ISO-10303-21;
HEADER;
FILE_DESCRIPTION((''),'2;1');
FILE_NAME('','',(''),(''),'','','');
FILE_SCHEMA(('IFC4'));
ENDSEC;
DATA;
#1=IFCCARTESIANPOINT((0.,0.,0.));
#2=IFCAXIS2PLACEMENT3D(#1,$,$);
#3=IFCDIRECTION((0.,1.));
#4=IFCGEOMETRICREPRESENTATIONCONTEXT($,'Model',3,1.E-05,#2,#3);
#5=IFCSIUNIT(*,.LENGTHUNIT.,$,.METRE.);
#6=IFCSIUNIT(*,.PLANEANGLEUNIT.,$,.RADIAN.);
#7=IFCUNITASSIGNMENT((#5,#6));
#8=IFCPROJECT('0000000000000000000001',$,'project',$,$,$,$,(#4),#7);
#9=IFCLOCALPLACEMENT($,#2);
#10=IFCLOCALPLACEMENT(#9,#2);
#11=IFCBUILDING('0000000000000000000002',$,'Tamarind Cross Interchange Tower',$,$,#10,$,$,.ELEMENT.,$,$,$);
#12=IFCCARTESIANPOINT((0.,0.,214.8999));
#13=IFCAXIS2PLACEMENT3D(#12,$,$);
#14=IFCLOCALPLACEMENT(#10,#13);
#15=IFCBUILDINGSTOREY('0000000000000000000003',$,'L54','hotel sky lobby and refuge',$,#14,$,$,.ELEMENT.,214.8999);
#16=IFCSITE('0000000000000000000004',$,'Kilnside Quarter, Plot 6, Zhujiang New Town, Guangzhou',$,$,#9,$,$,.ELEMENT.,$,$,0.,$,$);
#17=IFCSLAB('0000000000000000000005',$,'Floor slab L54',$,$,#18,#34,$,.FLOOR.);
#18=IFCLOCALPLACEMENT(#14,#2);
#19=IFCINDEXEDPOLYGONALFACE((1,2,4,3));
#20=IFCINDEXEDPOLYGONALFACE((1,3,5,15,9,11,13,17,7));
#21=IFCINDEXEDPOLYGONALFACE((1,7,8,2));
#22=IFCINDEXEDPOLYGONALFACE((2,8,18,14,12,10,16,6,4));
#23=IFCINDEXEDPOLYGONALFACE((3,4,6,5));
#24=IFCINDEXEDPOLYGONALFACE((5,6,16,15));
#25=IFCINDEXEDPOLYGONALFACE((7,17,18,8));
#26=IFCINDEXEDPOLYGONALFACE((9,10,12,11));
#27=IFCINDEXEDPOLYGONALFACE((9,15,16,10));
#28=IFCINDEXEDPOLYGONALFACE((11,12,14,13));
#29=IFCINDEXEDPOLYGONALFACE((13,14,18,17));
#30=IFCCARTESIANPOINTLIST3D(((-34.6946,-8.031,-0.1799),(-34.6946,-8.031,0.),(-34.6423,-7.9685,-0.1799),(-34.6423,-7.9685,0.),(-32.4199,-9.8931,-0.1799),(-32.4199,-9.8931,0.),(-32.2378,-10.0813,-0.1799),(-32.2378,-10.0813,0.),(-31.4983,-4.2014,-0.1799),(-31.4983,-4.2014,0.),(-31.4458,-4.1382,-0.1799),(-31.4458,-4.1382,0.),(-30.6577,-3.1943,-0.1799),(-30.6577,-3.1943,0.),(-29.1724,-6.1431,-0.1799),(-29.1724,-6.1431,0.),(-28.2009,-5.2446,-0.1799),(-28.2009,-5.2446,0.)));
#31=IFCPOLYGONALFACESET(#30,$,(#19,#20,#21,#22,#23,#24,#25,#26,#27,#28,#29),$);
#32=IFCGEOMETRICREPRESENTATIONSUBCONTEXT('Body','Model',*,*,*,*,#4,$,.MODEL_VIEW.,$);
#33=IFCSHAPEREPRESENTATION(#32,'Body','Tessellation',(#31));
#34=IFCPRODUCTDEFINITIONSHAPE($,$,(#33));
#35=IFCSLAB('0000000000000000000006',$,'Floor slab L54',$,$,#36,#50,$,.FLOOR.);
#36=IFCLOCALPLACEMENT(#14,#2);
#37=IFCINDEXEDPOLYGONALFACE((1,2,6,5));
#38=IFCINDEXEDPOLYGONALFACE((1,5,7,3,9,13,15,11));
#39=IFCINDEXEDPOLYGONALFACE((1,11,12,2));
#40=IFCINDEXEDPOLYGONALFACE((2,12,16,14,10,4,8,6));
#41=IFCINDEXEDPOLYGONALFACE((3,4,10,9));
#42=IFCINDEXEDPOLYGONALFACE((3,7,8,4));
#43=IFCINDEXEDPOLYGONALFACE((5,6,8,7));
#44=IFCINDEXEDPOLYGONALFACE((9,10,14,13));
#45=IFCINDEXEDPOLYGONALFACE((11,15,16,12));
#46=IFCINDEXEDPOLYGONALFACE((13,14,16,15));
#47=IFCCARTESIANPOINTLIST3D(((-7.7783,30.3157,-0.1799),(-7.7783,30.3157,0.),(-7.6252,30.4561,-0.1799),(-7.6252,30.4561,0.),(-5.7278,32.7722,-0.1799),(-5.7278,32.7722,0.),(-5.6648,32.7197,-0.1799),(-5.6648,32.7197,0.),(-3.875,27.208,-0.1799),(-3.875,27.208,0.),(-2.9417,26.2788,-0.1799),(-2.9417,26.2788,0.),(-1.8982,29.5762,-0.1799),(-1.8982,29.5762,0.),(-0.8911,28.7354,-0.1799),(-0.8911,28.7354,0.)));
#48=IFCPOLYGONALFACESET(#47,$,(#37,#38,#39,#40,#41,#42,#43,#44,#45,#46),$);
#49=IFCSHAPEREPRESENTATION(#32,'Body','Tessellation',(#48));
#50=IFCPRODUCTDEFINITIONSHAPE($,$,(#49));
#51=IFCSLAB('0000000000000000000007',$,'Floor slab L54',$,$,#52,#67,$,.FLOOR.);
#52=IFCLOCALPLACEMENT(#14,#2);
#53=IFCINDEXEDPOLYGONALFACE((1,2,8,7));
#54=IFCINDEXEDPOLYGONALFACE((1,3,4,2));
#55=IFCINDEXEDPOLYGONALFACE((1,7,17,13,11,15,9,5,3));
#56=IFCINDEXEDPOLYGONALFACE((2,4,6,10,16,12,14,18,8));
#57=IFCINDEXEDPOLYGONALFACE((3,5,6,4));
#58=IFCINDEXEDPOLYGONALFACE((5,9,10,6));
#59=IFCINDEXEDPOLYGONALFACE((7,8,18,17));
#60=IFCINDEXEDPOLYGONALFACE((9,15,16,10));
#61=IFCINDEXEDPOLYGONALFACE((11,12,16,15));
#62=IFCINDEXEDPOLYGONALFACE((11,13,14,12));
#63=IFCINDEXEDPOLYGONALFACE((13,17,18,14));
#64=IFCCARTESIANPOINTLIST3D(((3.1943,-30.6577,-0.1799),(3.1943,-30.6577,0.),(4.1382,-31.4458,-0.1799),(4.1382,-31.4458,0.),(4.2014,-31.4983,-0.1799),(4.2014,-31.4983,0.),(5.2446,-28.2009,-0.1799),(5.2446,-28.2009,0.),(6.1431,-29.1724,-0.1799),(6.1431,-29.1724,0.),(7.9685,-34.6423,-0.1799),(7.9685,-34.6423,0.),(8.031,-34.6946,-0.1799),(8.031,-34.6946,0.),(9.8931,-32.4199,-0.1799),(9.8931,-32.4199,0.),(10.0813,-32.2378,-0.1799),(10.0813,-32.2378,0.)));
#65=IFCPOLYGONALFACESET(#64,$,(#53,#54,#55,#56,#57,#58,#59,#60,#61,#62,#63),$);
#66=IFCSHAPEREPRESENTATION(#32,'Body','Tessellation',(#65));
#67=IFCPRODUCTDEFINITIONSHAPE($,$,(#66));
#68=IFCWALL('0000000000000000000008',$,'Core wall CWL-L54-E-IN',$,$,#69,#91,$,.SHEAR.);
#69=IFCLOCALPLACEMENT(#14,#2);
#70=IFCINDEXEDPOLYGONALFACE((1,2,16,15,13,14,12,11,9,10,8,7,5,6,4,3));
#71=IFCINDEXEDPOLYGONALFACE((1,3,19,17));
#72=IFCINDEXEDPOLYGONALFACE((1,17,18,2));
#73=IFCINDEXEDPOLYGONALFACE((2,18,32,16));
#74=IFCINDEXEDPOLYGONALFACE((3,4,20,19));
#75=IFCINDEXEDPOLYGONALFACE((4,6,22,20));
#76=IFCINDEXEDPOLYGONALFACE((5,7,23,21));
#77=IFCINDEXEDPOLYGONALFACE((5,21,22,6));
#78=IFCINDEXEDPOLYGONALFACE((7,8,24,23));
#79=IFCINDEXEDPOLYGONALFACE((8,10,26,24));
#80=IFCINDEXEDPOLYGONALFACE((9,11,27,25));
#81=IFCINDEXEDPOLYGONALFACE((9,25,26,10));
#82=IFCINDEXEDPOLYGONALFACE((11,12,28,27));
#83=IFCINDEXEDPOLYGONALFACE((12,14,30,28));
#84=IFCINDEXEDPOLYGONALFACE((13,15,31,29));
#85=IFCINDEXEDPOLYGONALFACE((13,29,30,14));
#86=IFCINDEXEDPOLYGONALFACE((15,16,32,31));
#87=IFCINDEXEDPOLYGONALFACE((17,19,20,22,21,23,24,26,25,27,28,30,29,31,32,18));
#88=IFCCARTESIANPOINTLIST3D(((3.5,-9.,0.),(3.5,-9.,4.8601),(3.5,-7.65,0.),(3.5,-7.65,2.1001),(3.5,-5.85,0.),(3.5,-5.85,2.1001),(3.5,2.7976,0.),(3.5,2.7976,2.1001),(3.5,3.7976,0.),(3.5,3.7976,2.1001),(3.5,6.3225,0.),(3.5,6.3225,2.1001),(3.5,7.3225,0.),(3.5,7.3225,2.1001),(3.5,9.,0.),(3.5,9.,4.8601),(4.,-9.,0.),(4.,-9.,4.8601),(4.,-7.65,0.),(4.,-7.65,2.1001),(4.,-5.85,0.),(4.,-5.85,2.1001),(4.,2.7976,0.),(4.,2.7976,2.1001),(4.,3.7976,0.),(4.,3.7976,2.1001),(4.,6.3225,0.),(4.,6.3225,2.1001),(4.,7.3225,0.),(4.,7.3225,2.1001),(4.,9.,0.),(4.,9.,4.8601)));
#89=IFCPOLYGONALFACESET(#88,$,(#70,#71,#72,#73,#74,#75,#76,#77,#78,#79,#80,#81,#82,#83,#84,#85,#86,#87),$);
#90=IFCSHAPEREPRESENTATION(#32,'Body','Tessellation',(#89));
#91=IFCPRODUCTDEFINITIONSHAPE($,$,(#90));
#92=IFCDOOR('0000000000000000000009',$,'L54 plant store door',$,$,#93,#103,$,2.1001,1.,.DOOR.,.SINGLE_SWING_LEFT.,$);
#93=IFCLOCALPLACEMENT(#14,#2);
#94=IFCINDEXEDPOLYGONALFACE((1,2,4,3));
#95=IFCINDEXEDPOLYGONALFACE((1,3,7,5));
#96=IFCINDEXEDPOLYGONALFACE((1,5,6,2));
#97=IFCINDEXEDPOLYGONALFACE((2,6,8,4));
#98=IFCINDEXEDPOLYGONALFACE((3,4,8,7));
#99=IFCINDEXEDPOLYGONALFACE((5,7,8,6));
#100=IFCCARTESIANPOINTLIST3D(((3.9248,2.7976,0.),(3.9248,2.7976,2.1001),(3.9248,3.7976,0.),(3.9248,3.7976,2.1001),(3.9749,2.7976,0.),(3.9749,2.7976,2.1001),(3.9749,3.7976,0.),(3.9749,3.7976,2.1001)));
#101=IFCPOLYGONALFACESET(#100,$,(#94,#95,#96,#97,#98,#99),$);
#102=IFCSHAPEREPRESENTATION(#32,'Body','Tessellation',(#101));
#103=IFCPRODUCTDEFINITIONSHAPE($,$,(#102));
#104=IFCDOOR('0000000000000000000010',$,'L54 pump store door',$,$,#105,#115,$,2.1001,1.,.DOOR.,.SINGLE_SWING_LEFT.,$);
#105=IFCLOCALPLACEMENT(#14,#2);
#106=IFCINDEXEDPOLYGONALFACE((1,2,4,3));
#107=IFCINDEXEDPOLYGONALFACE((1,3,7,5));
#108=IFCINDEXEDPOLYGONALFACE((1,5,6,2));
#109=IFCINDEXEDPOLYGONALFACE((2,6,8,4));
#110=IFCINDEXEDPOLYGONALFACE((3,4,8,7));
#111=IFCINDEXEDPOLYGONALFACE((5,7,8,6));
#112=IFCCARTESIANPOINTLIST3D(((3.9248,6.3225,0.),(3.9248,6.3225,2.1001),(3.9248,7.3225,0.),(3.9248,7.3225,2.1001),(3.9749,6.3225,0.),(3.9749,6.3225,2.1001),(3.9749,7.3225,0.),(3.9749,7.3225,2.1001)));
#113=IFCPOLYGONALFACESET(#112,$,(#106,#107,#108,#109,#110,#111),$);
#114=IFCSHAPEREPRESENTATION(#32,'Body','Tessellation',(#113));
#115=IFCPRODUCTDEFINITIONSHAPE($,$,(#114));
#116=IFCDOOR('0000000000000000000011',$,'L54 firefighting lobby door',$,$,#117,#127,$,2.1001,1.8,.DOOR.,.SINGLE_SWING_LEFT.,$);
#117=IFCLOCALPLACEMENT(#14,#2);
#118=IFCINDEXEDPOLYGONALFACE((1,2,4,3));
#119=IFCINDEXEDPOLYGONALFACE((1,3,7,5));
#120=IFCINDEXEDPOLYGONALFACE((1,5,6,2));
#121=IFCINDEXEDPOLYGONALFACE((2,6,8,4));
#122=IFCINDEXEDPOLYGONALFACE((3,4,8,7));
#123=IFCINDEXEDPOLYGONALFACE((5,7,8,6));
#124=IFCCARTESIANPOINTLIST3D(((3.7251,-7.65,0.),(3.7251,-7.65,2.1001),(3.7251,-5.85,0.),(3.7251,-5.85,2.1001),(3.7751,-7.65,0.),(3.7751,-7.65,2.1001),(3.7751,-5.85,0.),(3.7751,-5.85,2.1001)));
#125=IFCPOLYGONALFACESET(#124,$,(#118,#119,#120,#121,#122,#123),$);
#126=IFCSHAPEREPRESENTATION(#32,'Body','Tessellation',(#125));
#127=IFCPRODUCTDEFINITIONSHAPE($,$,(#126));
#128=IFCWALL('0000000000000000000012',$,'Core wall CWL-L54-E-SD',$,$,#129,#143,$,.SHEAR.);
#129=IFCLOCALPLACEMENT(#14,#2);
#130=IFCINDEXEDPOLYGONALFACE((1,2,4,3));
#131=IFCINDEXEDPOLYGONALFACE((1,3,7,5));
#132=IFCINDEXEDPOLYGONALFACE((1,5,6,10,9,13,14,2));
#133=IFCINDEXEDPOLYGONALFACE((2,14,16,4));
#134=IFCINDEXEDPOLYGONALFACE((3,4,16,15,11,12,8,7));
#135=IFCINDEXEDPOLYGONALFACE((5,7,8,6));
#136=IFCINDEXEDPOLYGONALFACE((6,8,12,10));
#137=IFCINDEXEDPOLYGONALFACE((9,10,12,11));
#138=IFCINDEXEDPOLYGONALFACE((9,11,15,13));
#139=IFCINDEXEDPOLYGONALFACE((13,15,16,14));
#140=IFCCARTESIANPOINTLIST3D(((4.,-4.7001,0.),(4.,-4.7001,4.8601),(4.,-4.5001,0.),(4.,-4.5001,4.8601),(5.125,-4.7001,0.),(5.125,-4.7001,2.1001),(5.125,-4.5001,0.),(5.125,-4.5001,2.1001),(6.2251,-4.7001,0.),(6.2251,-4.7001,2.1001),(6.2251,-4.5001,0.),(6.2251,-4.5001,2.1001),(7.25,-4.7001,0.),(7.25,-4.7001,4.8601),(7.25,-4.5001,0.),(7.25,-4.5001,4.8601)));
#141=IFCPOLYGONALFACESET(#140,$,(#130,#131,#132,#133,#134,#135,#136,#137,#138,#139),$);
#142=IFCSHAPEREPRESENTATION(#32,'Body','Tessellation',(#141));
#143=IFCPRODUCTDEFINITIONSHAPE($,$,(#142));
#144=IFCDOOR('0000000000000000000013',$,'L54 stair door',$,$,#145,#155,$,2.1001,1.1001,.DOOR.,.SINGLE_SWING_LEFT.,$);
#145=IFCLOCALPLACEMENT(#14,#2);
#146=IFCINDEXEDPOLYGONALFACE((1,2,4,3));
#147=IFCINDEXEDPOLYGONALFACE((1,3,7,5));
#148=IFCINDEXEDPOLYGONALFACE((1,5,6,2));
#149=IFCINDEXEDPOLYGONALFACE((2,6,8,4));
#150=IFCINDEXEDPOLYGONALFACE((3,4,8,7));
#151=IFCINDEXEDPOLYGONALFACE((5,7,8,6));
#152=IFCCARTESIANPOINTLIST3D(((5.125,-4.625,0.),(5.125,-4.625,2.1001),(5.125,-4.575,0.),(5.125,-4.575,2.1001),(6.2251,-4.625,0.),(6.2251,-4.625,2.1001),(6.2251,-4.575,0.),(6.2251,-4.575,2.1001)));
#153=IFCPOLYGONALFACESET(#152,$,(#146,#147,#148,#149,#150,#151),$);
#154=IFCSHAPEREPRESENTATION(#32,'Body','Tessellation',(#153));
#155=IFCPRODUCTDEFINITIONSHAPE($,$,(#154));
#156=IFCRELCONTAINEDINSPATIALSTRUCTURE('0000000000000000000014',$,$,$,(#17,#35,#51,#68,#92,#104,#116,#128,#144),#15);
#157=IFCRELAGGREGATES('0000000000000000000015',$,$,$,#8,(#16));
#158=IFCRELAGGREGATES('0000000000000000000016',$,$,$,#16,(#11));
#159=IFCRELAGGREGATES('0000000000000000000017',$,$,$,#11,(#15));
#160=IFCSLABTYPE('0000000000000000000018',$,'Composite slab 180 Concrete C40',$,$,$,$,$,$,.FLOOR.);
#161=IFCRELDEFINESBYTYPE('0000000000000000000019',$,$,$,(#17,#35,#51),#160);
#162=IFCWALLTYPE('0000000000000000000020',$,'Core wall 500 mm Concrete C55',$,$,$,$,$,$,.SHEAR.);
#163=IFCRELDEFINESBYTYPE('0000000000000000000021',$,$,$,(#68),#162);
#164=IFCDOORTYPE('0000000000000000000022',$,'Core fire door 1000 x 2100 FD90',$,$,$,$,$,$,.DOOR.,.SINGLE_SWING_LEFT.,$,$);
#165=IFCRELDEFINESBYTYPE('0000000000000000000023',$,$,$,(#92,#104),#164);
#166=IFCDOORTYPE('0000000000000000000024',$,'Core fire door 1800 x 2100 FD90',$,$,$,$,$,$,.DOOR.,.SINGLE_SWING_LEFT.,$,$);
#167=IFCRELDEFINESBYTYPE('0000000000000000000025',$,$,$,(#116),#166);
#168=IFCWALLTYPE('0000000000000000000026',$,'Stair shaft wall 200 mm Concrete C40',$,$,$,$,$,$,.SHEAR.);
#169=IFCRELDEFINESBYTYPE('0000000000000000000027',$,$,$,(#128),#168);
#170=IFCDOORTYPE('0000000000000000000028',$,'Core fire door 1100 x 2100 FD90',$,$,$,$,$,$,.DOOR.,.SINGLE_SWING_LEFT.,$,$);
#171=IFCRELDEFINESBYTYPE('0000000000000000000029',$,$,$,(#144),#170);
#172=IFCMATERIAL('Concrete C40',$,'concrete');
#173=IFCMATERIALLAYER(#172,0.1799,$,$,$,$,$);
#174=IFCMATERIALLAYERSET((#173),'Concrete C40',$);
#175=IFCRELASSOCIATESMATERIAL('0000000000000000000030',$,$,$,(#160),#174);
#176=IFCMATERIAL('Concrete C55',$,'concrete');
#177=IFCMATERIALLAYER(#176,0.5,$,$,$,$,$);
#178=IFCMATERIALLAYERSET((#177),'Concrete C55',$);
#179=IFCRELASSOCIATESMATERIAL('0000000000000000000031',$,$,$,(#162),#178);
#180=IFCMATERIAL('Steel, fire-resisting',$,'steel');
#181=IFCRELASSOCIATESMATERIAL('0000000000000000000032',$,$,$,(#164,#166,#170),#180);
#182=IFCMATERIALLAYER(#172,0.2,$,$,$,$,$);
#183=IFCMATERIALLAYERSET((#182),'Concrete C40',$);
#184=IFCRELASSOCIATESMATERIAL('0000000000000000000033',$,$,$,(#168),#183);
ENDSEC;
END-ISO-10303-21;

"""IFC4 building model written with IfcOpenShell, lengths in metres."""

from ifc_helpers import new_model, si_unit, direction, frame, frame_2d, origin, place, context, subcontext, project, spatial, polyline, rectangle, outline, extrude, material, layer, layer_set, type_object, element, fill, save


model = new_model("IFC4")

# Units and contexts
model_context = context("Model", 3, precision=1e-05, world=origin(), true_north=direction((0.0, 1.0)))
body_context = subcontext(model_context, "Body", "Model", "MODEL_VIEW")
ifc_project = project(units=[si_unit("LENGTHUNIT", "METRE"), si_unit("PLANEANGLEUNIT", "RADIAN")], contexts=[model_context])

# Site, building, storey
site_placement = place(None, origin())
site = spatial("IfcSite", under=ifc_project, at=site_placement, Name="Kilnside Quarter, Plot 6, Zhujiang New Town, Guangzhou", CompositionType="ELEMENT", RefElevation=0.0)
building_placement = place(site_placement, origin())
building = spatial("IfcBuilding", under=site, at=building_placement, Name="Tamarind Cross Interchange Tower", CompositionType="ELEMENT")
storey_placement = place(building_placement, frame((0.0, 0.0, 214.8999)))
storey = spatial("IfcBuildingStorey", under=building, at=storey_placement, Name="L54", Description="hotel sky lobby and refuge", CompositionType="ELEMENT", Elevation=214.8999)

# Slabs
ifc_material_1 = material(Name="Concrete C40", Category="concrete")
ifc_layer_1 = layer(ifc_material_1, 0.1799)
ifc_layer_set_1 = layer_set([ifc_layer_1], Name="Concrete C40")
slab_type = type_object("IfcSlabType", Name="Composite slab 180 Concrete C40", PredefinedType="FLOOR", material=ifc_layer_set_1)
slab_1_placement = place(storey_placement, frame((0.0, 0.0, -0.1799)))
element("IfcSlab", 1, at=slab_1_placement, inside=storey, type_object=slab_type, Name="Floor slab L54", PredefinedType="FLOOR", context=body_context, shape_type="SweptSolid", body=[
    extrude(outline(polyline([(-34.6946, -8.031), (-32.2378, -10.0813), (-28.2009, -5.2446), (-30.6577, -3.1943), (-31.4458, -4.1382), (-31.4983, -4.2014), (-29.1724, -6.1431), (-32.4199, -9.8931), (-34.6423, -7.9685), (-34.6946, -8.031)])), origin(), (0.0, 0.0, 1.0), 0.1799),
])
slab_2_placement = place(storey_placement, frame((0.0, 0.0, -0.1799)))
element("IfcSlab", 2, at=slab_2_placement, inside=storey, type_object=slab_type, Name="Floor slab L54", PredefinedType="FLOOR", context=body_context, shape_type="SweptSolid", body=[
    extrude(outline(polyline([(-5.7278, 32.7722), (-7.7783, 30.3157), (-2.9417, 26.2788), (-0.8911, 28.7354), (-1.8982, 29.5762), (-3.875, 27.208), (-7.6252, 30.4561), (-5.6648, 32.7197), (-5.7278, 32.7722)])), origin(), (0.0, 0.0, 1.0), 0.1799),
])
slab_3_placement = place(storey_placement, frame((0.0, 0.0, -0.1799)))
element("IfcSlab", 3, at=slab_3_placement, inside=storey, type_object=slab_type, Name="Floor slab L54", PredefinedType="FLOOR", context=body_context, shape_type="SweptSolid", body=[
    extrude(outline(polyline([(8.031, -34.6946), (10.0813, -32.2378), (5.2446, -28.2009), (3.1943, -30.6577), (4.1382, -31.4458), (4.2014, -31.4983), (6.1431, -29.1724), (9.8931, -32.4199), (7.9685, -34.6423), (8.031, -34.6946)])), origin(), (0.0, 0.0, 1.0), 0.1799),
])

# Wall, openings, doors
ifc_material_2 = material(Name="Concrete C55", Category="concrete")
ifc_layer_2 = layer(ifc_material_2, 0.5)
ifc_layer_set_2 = layer_set([ifc_layer_2], Name="Concrete C55")
wall_type_1 = type_object("IfcWallType", Name="Core wall 500 mm Concrete C55", PredefinedType="SHEAR", material=ifc_layer_set_2)
wall_1_placement = place(storey_placement, frame((3.75, -9.0, 0.0), z_axis=(0.0, 0.0, 1.0), x_axis=(0.0, 1.0, 0.0)))
wall_1 = element("IfcWall", 4, at=wall_1_placement, inside=storey, type_object=wall_type_1, Name="Core wall CWL-L54-E-IN", PredefinedType="SHEAR", context=body_context, shape_type="SweptSolid", body=[
    extrude(rectangle(XDim=18.0, YDim=0.5, at=frame_2d((9.0, 0.0))), origin(), (0.0, 0.0, 1.0), 4.8601),
])
opening_1_placement = place(wall_1_placement, frame((1.3501, 0.0, 0.0)))
opening_1 = element("IfcOpeningElement", 5, at=opening_1_placement, cuts=wall_1, PredefinedType="OPENING", context=body_context, shape_type="SweptSolid", body=[
    extrude(rectangle(XDim=1.8, YDim=2.1001, at=frame_2d((0.8999, 1.05))), frame((0.0, 0.26, 0.0), z_axis=(0.0, -1.0, 0.0), x_axis=(1.0, 0.0, 0.0)), (0.0, 0.0, 1.0), 0.52),
])
opening_2_placement = place(wall_1_placement, frame((11.7976, 0.0, 0.0)))
opening_2 = element("IfcOpeningElement", 6, at=opening_2_placement, cuts=wall_1, PredefinedType="OPENING", context=body_context, shape_type="SweptSolid", body=[
    extrude(rectangle(XDim=1.0, YDim=2.1001, at=frame_2d((0.5, 1.05))), frame((0.0, 0.26, 0.0), z_axis=(0.0, -1.0, 0.0), x_axis=(1.0, 0.0, 0.0)), (0.0, 0.0, 1.0), 0.52),
])
opening_3_placement = place(wall_1_placement, frame((15.3225, 0.0, 0.0)))
opening_3 = element("IfcOpeningElement", 7, at=opening_3_placement, cuts=wall_1, PredefinedType="OPENING", context=body_context, shape_type="SweptSolid", body=[
    extrude(rectangle(XDim=1.0, YDim=2.1001, at=frame_2d((0.5, 1.05))), frame((0.0, 0.26, 0.0), z_axis=(0.0, -1.0, 0.0), x_axis=(1.0, 0.0, 0.0)), (0.0, 0.0, 1.0), 0.52),
])
ifc_material_3 = material(Name="Steel, fire-resisting", Category="steel")
door_type_1 = type_object("IfcDoorType", Name="Core fire door 1000 x 2100 FD90", OperationType="SINGLE_SWING_LEFT", PredefinedType="DOOR", material=ifc_material_3)
door_1_placement = place(opening_2_placement, origin())
door_1 = element("IfcDoor", 8, at=door_1_placement, inside=storey, type_object=door_type_1, Name="L54 plant store door", OperationType="SINGLE_SWING_LEFT", OverallHeight=2.1001, OverallWidth=1.0, PredefinedType="DOOR", context=body_context, shape_type="SweptSolid", body=[
    extrude(rectangle(XDim=1.0, YDim=2.1001, at=frame_2d((0.5, 1.05))), frame((0.0, -0.1748, 0.0), z_axis=(0.0, -1.0, 0.0), x_axis=(1.0, 0.0, 0.0)), (0.0, 0.0, 1.0), 0.05),
])
fill(opening_2, door_1)
door_2_placement = place(opening_3_placement, origin())
door_2 = element("IfcDoor", 9, at=door_2_placement, inside=storey, type_object=door_type_1, Name="L54 pump store door", OperationType="SINGLE_SWING_LEFT", OverallHeight=2.1001, OverallWidth=1.0, PredefinedType="DOOR", context=body_context, shape_type="SweptSolid", body=[
    extrude(rectangle(XDim=1.0, YDim=2.1001, at=frame_2d((0.5, 1.05))), frame((0.0, -0.1748, 0.0), z_axis=(0.0, -1.0, 0.0), x_axis=(1.0, 0.0, 0.0)), (0.0, 0.0, 1.0), 0.05),
])
fill(opening_3, door_2)
door_type_2 = type_object("IfcDoorType", Name="Core fire door 1800 x 2100 FD90", OperationType="SINGLE_SWING_LEFT", PredefinedType="DOOR", material=ifc_material_3)
door_3_placement = place(opening_1_placement, origin())
door_3 = element("IfcDoor", 10, at=door_3_placement, inside=storey, type_object=door_type_2, Name="L54 firefighting lobby door", OperationType="SINGLE_SWING_LEFT", OverallHeight=2.1001, OverallWidth=1.8, PredefinedType="DOOR", context=body_context, shape_type="SweptSolid", body=[
    extrude(rectangle(XDim=1.8, YDim=2.1001, at=frame_2d((0.8999, 1.05))), frame((0.0, 0.0249, 0.0), z_axis=(0.0, -1.0, 0.0), x_axis=(1.0, 0.0, 0.0)), (0.0, 0.0, 1.0), 0.05),
])
fill(opening_1, door_3)

# Wall, opening, door
ifc_layer_3 = layer(ifc_material_1, 0.2)
ifc_layer_set_3 = layer_set([ifc_layer_3], Name="Concrete C40")
wall_type_2 = type_object("IfcWallType", Name="Stair shaft wall 200 mm Concrete C40", PredefinedType="SHEAR", material=ifc_layer_set_3)
wall_2_placement = place(storey_placement, frame((7.25, -4.6001, 0.0), z_axis=(0.0, 0.0, 1.0), x_axis=(-1.0, 0.0, 0.0)))
wall_2 = element("IfcWall", 11, at=wall_2_placement, inside=storey, type_object=wall_type_2, Name="Core wall CWL-L54-E-SD", PredefinedType="SHEAR", context=body_context, shape_type="SweptSolid", body=[
    extrude(rectangle(XDim=3.25, YDim=0.2, at=frame_2d((1.625, 0.0))), origin(), (0.0, 0.0, 1.0), 4.8601),
])
opening_4_placement = place(wall_2_placement, frame((1.0249, 0.0, 0.0)))
opening_4 = element("IfcOpeningElement", 12, at=opening_4_placement, cuts=wall_2, PredefinedType="OPENING", context=body_context, shape_type="SweptSolid", body=[
    extrude(rectangle(XDim=1.1001, YDim=2.1001, at=frame_2d((0.55, 1.05))), frame((0.0, 0.1099, 0.0), z_axis=(0.0, -1.0, 0.0), x_axis=(1.0, 0.0, 0.0)), (0.0, 0.0, 1.0), 0.22),
])
door_type_3 = type_object("IfcDoorType", Name="Core fire door 1100 x 2100 FD90", OperationType="SINGLE_SWING_LEFT", PredefinedType="DOOR", material=ifc_material_3)
door_4_placement = place(opening_4_placement, origin())
door_4 = element("IfcDoor", 13, at=door_4_placement, inside=storey, type_object=door_type_3, Name="L54 stair door", OperationType="SINGLE_SWING_LEFT", OverallHeight=2.1001, OverallWidth=1.1001, PredefinedType="DOOR", context=body_context, shape_type="SweptSolid", body=[
    extrude(rectangle(XDim=1.1001, YDim=2.1001, at=frame_2d((0.55, 1.05))), frame((0.0, 0.0249, 0.0), z_axis=(0.0, -1.0, 0.0), x_axis=(1.0, 0.0, 0.0)), (0.0, 0.0, 1.0), 0.05),
])
fill(opening_4, door_4)

save(model, "model.ifc")
